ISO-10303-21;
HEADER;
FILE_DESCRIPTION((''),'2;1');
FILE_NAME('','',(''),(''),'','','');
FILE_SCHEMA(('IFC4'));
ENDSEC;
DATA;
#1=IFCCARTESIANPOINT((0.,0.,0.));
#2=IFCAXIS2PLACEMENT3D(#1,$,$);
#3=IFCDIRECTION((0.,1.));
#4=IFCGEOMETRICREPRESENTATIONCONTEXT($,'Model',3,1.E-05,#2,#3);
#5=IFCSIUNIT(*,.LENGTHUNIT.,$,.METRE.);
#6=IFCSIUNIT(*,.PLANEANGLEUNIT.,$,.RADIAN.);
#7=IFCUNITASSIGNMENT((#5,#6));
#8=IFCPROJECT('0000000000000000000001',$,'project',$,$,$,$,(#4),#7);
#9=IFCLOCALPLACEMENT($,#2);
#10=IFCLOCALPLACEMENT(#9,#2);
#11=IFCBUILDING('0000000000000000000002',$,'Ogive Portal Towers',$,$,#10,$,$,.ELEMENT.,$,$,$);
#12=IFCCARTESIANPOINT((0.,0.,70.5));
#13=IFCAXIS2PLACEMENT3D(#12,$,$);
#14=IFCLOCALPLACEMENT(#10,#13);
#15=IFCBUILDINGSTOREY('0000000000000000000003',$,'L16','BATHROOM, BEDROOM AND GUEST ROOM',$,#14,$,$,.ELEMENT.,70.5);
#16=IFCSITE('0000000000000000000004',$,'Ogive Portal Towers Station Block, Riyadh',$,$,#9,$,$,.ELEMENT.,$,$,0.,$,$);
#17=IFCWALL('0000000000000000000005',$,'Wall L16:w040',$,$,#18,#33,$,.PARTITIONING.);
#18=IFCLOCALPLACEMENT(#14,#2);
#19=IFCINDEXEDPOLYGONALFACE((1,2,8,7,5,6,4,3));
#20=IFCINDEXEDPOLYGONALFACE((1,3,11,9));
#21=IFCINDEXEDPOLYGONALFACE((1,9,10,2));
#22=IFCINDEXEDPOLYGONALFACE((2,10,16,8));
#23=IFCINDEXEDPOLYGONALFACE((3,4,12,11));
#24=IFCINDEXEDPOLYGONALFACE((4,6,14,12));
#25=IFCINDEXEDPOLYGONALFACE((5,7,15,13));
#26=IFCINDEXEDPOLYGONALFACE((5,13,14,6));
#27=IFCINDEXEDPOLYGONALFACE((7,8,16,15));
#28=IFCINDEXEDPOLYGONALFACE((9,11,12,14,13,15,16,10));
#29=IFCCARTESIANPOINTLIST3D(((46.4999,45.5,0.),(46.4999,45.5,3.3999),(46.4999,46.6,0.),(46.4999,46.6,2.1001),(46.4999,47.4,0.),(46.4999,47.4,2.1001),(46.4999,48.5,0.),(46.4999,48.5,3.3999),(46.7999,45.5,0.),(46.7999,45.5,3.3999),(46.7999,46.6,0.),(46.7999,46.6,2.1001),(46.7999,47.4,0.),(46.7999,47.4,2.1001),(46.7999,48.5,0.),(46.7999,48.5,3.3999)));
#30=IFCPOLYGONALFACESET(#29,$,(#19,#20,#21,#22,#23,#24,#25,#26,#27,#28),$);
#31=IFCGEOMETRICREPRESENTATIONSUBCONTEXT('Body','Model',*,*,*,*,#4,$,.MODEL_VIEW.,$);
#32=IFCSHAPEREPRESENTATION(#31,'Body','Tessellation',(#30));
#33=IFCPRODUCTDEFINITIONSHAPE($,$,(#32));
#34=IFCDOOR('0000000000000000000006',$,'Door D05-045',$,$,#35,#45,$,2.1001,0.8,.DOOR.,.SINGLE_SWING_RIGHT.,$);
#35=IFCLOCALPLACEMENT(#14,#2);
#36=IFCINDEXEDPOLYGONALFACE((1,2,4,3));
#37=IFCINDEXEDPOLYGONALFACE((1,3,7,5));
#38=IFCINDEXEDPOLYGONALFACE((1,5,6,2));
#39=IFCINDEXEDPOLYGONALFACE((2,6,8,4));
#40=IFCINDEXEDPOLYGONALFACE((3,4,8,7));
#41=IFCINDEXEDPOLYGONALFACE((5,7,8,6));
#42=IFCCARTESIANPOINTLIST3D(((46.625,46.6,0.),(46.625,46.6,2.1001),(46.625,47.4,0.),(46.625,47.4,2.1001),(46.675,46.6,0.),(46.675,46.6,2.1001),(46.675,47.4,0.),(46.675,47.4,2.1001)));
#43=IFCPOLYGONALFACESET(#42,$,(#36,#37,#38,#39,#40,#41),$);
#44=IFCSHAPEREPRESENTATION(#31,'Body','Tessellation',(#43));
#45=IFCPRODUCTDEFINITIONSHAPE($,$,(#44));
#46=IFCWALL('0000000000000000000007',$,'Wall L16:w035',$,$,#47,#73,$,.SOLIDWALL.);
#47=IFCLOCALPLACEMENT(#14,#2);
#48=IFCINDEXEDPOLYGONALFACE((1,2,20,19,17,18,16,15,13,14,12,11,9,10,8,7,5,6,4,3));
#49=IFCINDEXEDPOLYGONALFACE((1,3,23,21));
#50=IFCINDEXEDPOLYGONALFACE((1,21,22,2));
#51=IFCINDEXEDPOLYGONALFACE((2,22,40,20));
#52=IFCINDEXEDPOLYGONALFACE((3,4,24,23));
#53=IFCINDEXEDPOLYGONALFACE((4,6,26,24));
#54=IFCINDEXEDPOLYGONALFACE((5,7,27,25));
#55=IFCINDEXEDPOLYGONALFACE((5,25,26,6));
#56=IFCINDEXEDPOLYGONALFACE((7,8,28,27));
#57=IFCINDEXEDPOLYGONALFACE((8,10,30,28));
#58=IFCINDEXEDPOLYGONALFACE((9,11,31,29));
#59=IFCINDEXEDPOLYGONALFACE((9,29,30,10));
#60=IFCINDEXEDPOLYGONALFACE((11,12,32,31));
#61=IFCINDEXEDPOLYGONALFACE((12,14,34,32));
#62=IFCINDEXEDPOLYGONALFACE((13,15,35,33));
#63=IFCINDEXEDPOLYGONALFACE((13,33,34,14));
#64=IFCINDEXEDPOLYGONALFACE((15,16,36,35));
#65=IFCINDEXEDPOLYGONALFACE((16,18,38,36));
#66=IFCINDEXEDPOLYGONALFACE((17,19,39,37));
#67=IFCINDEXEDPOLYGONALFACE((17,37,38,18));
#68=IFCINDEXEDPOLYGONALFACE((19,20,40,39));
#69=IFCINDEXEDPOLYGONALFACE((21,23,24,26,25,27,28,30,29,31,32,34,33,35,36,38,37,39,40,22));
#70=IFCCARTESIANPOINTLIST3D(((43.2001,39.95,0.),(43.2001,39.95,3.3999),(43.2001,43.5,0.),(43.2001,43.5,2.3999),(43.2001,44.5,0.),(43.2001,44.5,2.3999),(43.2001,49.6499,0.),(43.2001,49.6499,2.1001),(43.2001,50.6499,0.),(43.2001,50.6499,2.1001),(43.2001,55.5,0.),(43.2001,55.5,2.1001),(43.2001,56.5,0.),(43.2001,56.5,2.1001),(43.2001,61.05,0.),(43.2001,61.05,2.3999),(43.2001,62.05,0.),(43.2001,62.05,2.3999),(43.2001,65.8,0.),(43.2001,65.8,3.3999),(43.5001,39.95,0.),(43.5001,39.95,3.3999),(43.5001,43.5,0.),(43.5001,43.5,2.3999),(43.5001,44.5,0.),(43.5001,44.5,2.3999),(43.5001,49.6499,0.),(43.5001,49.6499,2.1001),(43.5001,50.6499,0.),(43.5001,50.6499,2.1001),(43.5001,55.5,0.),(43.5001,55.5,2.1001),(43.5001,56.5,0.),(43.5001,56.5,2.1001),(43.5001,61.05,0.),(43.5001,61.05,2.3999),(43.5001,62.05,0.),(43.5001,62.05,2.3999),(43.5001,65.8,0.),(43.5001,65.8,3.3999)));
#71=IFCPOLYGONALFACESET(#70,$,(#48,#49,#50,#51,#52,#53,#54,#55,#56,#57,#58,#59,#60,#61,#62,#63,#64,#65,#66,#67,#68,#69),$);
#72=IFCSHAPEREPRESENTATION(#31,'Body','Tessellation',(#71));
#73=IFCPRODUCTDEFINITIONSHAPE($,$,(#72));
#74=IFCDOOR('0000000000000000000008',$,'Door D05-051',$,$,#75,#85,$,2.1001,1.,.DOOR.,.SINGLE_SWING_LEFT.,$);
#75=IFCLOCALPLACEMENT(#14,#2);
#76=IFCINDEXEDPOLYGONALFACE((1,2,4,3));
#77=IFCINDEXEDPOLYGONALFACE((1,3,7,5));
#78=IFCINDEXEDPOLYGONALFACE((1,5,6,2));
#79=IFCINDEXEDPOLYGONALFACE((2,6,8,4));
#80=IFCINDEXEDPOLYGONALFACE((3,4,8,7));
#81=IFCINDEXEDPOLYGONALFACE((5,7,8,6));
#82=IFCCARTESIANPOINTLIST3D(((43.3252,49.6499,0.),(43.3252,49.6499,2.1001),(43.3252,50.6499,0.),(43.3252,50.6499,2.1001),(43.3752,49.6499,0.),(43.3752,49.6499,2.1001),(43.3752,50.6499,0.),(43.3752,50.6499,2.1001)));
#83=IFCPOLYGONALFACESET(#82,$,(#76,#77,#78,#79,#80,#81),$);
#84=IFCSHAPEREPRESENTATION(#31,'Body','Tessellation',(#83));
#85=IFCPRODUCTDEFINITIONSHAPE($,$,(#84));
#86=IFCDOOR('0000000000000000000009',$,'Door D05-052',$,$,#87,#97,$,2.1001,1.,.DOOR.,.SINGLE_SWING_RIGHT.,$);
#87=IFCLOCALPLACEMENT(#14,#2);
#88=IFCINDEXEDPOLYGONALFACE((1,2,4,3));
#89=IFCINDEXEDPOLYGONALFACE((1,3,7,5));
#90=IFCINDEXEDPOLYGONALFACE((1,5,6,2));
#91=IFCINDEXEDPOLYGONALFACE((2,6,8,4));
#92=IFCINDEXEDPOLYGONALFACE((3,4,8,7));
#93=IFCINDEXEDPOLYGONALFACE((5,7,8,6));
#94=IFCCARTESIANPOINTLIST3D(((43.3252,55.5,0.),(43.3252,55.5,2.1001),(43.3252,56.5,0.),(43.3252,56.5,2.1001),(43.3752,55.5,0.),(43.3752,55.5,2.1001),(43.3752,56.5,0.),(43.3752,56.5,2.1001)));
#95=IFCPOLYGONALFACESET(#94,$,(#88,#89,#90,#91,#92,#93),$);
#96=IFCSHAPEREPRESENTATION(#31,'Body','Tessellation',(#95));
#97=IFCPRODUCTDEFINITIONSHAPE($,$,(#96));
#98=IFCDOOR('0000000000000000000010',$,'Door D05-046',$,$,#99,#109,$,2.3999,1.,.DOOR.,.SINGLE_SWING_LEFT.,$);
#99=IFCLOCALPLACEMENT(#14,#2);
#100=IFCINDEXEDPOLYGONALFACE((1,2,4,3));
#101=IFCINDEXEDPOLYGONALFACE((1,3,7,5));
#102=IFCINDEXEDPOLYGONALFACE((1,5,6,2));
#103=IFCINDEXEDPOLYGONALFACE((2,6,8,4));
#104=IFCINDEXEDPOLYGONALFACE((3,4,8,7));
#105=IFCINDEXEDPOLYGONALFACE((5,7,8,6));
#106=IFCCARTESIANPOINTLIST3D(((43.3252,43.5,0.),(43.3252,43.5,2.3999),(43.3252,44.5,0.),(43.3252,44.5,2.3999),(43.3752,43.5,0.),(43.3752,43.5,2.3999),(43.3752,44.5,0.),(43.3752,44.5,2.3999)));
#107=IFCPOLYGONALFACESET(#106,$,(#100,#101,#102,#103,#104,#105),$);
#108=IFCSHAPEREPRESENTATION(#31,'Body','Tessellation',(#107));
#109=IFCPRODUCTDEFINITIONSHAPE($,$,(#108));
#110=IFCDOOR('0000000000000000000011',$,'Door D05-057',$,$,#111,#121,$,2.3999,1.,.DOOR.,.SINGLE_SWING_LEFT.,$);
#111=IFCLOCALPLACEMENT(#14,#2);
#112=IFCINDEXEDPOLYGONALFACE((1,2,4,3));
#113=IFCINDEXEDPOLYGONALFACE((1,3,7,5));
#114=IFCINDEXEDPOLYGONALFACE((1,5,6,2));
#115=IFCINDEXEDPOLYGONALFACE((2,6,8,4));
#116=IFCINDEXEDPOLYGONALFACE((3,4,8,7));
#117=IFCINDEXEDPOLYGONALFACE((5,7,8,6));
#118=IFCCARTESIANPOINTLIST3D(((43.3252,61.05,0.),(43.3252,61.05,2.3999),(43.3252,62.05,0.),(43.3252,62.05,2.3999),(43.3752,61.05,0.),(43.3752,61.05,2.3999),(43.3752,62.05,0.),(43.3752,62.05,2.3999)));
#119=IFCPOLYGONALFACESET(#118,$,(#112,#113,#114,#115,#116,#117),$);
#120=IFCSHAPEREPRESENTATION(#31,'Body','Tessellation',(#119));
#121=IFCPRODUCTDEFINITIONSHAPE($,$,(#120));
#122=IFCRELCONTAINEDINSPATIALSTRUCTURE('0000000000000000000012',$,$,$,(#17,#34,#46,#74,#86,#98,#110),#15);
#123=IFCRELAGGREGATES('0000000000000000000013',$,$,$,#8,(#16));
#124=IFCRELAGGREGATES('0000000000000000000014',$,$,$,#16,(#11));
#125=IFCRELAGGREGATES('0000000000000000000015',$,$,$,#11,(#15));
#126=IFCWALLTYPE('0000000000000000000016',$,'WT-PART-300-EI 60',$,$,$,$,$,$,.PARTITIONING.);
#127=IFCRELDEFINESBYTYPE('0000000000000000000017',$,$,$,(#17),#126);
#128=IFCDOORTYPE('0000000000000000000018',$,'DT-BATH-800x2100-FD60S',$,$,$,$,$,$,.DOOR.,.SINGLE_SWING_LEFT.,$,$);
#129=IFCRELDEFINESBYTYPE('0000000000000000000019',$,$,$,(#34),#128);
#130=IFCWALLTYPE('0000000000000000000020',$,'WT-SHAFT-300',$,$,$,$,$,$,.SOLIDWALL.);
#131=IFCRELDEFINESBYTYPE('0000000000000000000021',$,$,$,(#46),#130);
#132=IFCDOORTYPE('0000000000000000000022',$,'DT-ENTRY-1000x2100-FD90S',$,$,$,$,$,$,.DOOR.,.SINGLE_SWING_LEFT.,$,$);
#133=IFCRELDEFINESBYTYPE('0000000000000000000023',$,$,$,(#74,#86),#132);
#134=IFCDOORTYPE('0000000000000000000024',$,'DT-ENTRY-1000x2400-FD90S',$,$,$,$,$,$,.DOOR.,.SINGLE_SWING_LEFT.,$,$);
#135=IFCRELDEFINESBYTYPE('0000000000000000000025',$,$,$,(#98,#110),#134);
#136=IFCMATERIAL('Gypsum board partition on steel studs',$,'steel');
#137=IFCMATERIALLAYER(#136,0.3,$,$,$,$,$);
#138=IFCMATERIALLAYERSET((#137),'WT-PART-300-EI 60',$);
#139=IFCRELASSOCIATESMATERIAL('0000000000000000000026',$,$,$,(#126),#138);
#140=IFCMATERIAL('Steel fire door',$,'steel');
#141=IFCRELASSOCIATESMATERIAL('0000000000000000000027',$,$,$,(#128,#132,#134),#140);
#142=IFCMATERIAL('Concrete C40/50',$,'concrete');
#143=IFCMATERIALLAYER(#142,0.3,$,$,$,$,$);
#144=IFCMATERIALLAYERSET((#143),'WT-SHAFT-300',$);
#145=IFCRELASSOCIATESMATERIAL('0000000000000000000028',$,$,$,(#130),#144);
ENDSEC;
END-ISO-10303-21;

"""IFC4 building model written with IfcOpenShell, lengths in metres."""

from ifc_helpers import new_model, si_unit, direction, frame, frame_2d, origin, place, context, subcontext, project, spatial, rectangle, extrude, material, layer, layer_set, type_object, element, fill, save


model = new_model("IFC4")

# Units and contexts
model_context = context("Model", 3, precision=1e-05, world=origin(), true_north=direction((0.0, 1.0)))
body_context = subcontext(model_context, "Body", "Model", "MODEL_VIEW")
ifc_project = project(units=[si_unit("LENGTHUNIT", "METRE"), si_unit("PLANEANGLEUNIT", "RADIAN")], contexts=[model_context])

# Site, building, storey
site_placement = place(None, origin())
site = spatial("IfcSite", under=ifc_project, at=site_placement, Name="Ogive Portal Towers Station Block, Riyadh", CompositionType="ELEMENT", RefElevation=0.0)
building_placement = place(site_placement, origin())
building = spatial("IfcBuilding", under=site, at=building_placement, Name="Ogive Portal Towers", CompositionType="ELEMENT")
storey_placement = place(building_placement, frame((0.0, 0.0, 70.5)))
storey = spatial("IfcBuildingStorey", under=building, at=storey_placement, Name="L16", Description="BATHROOM, BEDROOM AND GUEST ROOM", CompositionType="ELEMENT", Elevation=70.5)

# Shared definitions
ifc_material_1 = material(Name="Concrete C40/50", Category="concrete")

# Shared definitions
ifc_material_2 = material(Name="Gypsum board partition on steel studs", Category="steel")
ifc_layer_1 = layer(ifc_material_2, 0.3)
ifc_layer_set_1 = layer_set([ifc_layer_1], Name="WT-PART-300-EI 60")
wall_type_1 = type_object("IfcWallType", Name="WT-PART-300-EI 60", PredefinedType="PARTITIONING", material=ifc_layer_set_1)

# Shared definitions
ifc_material_3 = material(Name="Steel fire door", Category="steel")

# Wall, opening, door
door_type_1 = type_object("IfcDoorType", Name="DT-BATH-800x2100-FD60S", OperationType="SINGLE_SWING_LEFT", PredefinedType="DOOR", material=ifc_material_3)
wall_1_placement = place(storey_placement, frame((46.6499, 45.5, 0.0), z_axis=(0.0, 0.0, 1.0), x_axis=(0.0, 1.0, 0.0)))
wall_1 = element("IfcWall", 1, at=wall_1_placement, inside=storey, type_object=wall_type_1, Name="Wall L16:w040", PredefinedType="PARTITIONING", context=body_context, shape_type="SweptSolid", body=[
    extrude(rectangle(XDim=3.0, YDim=0.3, at=frame_2d((1.5, 0.0))), origin(), (0.0, 0.0, 1.0), 3.3999),
])
opening_1_placement = place(wall_1_placement, frame((1.1001, 0.0, 0.0)))
opening_1 = element("IfcOpeningElement", 2, at=opening_1_placement, cuts=wall_1, PredefinedType="OPENING", context=body_context, shape_type="SweptSolid", body=[
    extrude(rectangle(XDim=0.8, YDim=2.1001, at=frame_2d((0.3999, 1.05))), frame((0.0, 0.1602, 0.0), z_axis=(0.0, -1.0, 0.0), x_axis=(1.0, 0.0, 0.0)), (0.0, 0.0, 1.0), 0.3201),
])
door_1_placement = place(opening_1_placement, origin())
door_1 = element("IfcDoor", 3, at=door_1_placement, inside=storey, type_object=door_type_1, Name="Door D05-045", OperationType="SINGLE_SWING_RIGHT", OverallHeight=2.1001, OverallWidth=0.8, PredefinedType="DOOR", context=body_context, shape_type="SweptSolid", body=[
    extrude(rectangle(XDim=0.8, YDim=2.1001, at=frame_2d((0.3999, 1.05))), frame((0.0, 0.0249, 0.0), z_axis=(0.0, -1.0, 0.0), x_axis=(1.0, 0.0, 0.0)), (0.0, 0.0, 1.0), 0.05),
])
fill(opening_1, door_1)

# Wall, openings, doors
ifc_layer_2 = layer(ifc_material_1, 0.3)
ifc_layer_set_2 = layer_set([ifc_layer_2], Name="WT-SHAFT-300")
wall_type_2 = type_object("IfcWallType", Name="WT-SHAFT-300", PredefinedType="SOLIDWALL", material=ifc_layer_set_2)
wall_2_placement = place(storey_placement, frame((43.3501, 39.95, 0.0), z_axis=(0.0, 0.0, 1.0), x_axis=(0.0, 1.0, 0.0)))
wall_2 = element("IfcWall", 4, at=wall_2_placement, inside=storey, type_object=wall_type_2, Name="Wall L16:w035", PredefinedType="SOLIDWALL", context=body_context, shape_type="SweptSolid", body=[
    extrude(rectangle(XDim=25.8501, YDim=0.3, at=frame_2d((12.925, 0.0))), origin(), (0.0, 0.0, 1.0), 3.3999),
])
opening_2_placement = place(wall_2_placement, frame((3.55, 0.0, 0.0)))
opening_2 = element("IfcOpeningElement", 5, at=opening_2_placement, cuts=wall_2, PredefinedType="OPENING", context=body_context, shape_type="SweptSolid", body=[
    extrude(rectangle(XDim=1.0, YDim=2.3999, at=frame_2d((0.5, 1.2))), frame((0.0, 0.1602, 0.0), z_axis=(0.0, -1.0, 0.0), x_axis=(1.0, 0.0, 0.0)), (0.0, 0.0, 1.0), 0.3201),
])
opening_3_placement = place(wall_2_placement, frame((9.7, 0.0, 0.0)))
opening_3 = element("IfcOpeningElement", 6, at=opening_3_placement, cuts=wall_2, PredefinedType="OPENING", context=body_context, shape_type="SweptSolid", body=[
    extrude(rectangle(XDim=1.0, YDim=2.1001, at=frame_2d((0.5, 1.05))), frame((0.0, 0.1602, 0.0), z_axis=(0.0, -1.0, 0.0), x_axis=(1.0, 0.0, 0.0)), (0.0, 0.0, 1.0), 0.3201),
])
opening_4_placement = place(wall_2_placement, frame((15.55, 0.0, 0.0)))
opening_4 = element("IfcOpeningElement", 7, at=opening_4_placement, cuts=wall_2, PredefinedType="OPENING", context=body_context, shape_type="SweptSolid", body=[
    extrude(rectangle(XDim=1.0, YDim=2.1001, at=frame_2d((0.5, 1.05))), frame((0.0, 0.1602, 0.0), z_axis=(0.0, -1.0, 0.0), x_axis=(1.0, 0.0, 0.0)), (0.0, 0.0, 1.0), 0.3201),
])
opening_5_placement = place(wall_2_placement, frame((21.1001, 0.0, 0.0)))
opening_5 = element("IfcOpeningElement", 8, at=opening_5_placement, cuts=wall_2, PredefinedType="OPENING", context=body_context, shape_type="SweptSolid", body=[
    extrude(rectangle(XDim=1.0, YDim=2.3999, at=frame_2d((0.5, 1.2))), frame((0.0, 0.1602, 0.0), z_axis=(0.0, -1.0, 0.0), x_axis=(1.0, 0.0, 0.0)), (0.0, 0.0, 1.0), 0.3201),
])
door_type_2 = type_object("IfcDoorType", Name="DT-ENTRY-1000x2100-FD90S", OperationType="SINGLE_SWING_LEFT", PredefinedType="DOOR", material=ifc_material_3)
door_2_placement = place(opening_3_placement, origin())
door_2 = element("IfcDoor", 9, at=door_2_placement, inside=storey, type_object=door_type_2, Name="Door D05-051", OperationType="SINGLE_SWING_LEFT", OverallHeight=2.1001, OverallWidth=1.0, PredefinedType="DOOR", context=body_context, shape_type="SweptSolid", body=[
    extrude(rectangle(XDim=1.0, YDim=2.1001, at=frame_2d((0.5, 1.05))), frame((0.0, 0.0249, 0.0), z_axis=(0.0, -1.0, 0.0), x_axis=(1.0, 0.0, 0.0)), (0.0, 0.0, 1.0), 0.05),
])
fill(opening_3, door_2)
door_3_placement = place(opening_4_placement, origin())
door_3 = element("IfcDoor", 10, at=door_3_placement, inside=storey, type_object=door_type_2, Name="Door D05-052", OperationType="SINGLE_SWING_RIGHT", OverallHeight=2.1001, OverallWidth=1.0, PredefinedType="DOOR", context=body_context, shape_type="SweptSolid", body=[
    extrude(rectangle(XDim=1.0, YDim=2.1001, at=frame_2d((0.5, 1.05))), frame((0.0, 0.0249, 0.0), z_axis=(0.0, -1.0, 0.0), x_axis=(1.0, 0.0, 0.0)), (0.0, 0.0, 1.0), 0.05),
])
fill(opening_4, door_3)
door_type_3 = type_object("IfcDoorType", Name="DT-ENTRY-1000x2400-FD90S", OperationType="SINGLE_SWING_LEFT", PredefinedType="DOOR", material=ifc_material_3)
door_4_placement = place(opening_2_placement, origin())
door_4 = element("IfcDoor", 11, at=door_4_placement, inside=storey, type_object=door_type_3, Name="Door D05-046", OperationType="SINGLE_SWING_LEFT", OverallHeight=2.3999, OverallWidth=1.0, PredefinedType="DOOR", context=body_context, shape_type="SweptSolid", body=[
    extrude(rectangle(XDim=1.0, YDim=2.3999, at=frame_2d((0.5, 1.2))), frame((0.0, 0.0249, 0.0), z_axis=(0.0, -1.0, 0.0), x_axis=(1.0, 0.0, 0.0)), (0.0, 0.0, 1.0), 0.05),
])
fill(opening_2, door_4)
door_5_placement = place(opening_5_placement, origin())
door_5 = element("IfcDoor", 12, at=door_5_placement, inside=storey, type_object=door_type_3, Name="Door D05-057", OperationType="SINGLE_SWING_LEFT", OverallHeight=2.3999, OverallWidth=1.0, PredefinedType="DOOR", context=body_context, shape_type="SweptSolid", body=[
    extrude(rectangle(XDim=1.0, YDim=2.3999, at=frame_2d((0.5, 1.2))), frame((0.0, 0.0249, 0.0), z_axis=(0.0, -1.0, 0.0), x_axis=(1.0, 0.0, 0.0)), (0.0, 0.0, 1.0), 0.05),
])
fill(opening_5, door_5)

save(model, "model.ifc")
